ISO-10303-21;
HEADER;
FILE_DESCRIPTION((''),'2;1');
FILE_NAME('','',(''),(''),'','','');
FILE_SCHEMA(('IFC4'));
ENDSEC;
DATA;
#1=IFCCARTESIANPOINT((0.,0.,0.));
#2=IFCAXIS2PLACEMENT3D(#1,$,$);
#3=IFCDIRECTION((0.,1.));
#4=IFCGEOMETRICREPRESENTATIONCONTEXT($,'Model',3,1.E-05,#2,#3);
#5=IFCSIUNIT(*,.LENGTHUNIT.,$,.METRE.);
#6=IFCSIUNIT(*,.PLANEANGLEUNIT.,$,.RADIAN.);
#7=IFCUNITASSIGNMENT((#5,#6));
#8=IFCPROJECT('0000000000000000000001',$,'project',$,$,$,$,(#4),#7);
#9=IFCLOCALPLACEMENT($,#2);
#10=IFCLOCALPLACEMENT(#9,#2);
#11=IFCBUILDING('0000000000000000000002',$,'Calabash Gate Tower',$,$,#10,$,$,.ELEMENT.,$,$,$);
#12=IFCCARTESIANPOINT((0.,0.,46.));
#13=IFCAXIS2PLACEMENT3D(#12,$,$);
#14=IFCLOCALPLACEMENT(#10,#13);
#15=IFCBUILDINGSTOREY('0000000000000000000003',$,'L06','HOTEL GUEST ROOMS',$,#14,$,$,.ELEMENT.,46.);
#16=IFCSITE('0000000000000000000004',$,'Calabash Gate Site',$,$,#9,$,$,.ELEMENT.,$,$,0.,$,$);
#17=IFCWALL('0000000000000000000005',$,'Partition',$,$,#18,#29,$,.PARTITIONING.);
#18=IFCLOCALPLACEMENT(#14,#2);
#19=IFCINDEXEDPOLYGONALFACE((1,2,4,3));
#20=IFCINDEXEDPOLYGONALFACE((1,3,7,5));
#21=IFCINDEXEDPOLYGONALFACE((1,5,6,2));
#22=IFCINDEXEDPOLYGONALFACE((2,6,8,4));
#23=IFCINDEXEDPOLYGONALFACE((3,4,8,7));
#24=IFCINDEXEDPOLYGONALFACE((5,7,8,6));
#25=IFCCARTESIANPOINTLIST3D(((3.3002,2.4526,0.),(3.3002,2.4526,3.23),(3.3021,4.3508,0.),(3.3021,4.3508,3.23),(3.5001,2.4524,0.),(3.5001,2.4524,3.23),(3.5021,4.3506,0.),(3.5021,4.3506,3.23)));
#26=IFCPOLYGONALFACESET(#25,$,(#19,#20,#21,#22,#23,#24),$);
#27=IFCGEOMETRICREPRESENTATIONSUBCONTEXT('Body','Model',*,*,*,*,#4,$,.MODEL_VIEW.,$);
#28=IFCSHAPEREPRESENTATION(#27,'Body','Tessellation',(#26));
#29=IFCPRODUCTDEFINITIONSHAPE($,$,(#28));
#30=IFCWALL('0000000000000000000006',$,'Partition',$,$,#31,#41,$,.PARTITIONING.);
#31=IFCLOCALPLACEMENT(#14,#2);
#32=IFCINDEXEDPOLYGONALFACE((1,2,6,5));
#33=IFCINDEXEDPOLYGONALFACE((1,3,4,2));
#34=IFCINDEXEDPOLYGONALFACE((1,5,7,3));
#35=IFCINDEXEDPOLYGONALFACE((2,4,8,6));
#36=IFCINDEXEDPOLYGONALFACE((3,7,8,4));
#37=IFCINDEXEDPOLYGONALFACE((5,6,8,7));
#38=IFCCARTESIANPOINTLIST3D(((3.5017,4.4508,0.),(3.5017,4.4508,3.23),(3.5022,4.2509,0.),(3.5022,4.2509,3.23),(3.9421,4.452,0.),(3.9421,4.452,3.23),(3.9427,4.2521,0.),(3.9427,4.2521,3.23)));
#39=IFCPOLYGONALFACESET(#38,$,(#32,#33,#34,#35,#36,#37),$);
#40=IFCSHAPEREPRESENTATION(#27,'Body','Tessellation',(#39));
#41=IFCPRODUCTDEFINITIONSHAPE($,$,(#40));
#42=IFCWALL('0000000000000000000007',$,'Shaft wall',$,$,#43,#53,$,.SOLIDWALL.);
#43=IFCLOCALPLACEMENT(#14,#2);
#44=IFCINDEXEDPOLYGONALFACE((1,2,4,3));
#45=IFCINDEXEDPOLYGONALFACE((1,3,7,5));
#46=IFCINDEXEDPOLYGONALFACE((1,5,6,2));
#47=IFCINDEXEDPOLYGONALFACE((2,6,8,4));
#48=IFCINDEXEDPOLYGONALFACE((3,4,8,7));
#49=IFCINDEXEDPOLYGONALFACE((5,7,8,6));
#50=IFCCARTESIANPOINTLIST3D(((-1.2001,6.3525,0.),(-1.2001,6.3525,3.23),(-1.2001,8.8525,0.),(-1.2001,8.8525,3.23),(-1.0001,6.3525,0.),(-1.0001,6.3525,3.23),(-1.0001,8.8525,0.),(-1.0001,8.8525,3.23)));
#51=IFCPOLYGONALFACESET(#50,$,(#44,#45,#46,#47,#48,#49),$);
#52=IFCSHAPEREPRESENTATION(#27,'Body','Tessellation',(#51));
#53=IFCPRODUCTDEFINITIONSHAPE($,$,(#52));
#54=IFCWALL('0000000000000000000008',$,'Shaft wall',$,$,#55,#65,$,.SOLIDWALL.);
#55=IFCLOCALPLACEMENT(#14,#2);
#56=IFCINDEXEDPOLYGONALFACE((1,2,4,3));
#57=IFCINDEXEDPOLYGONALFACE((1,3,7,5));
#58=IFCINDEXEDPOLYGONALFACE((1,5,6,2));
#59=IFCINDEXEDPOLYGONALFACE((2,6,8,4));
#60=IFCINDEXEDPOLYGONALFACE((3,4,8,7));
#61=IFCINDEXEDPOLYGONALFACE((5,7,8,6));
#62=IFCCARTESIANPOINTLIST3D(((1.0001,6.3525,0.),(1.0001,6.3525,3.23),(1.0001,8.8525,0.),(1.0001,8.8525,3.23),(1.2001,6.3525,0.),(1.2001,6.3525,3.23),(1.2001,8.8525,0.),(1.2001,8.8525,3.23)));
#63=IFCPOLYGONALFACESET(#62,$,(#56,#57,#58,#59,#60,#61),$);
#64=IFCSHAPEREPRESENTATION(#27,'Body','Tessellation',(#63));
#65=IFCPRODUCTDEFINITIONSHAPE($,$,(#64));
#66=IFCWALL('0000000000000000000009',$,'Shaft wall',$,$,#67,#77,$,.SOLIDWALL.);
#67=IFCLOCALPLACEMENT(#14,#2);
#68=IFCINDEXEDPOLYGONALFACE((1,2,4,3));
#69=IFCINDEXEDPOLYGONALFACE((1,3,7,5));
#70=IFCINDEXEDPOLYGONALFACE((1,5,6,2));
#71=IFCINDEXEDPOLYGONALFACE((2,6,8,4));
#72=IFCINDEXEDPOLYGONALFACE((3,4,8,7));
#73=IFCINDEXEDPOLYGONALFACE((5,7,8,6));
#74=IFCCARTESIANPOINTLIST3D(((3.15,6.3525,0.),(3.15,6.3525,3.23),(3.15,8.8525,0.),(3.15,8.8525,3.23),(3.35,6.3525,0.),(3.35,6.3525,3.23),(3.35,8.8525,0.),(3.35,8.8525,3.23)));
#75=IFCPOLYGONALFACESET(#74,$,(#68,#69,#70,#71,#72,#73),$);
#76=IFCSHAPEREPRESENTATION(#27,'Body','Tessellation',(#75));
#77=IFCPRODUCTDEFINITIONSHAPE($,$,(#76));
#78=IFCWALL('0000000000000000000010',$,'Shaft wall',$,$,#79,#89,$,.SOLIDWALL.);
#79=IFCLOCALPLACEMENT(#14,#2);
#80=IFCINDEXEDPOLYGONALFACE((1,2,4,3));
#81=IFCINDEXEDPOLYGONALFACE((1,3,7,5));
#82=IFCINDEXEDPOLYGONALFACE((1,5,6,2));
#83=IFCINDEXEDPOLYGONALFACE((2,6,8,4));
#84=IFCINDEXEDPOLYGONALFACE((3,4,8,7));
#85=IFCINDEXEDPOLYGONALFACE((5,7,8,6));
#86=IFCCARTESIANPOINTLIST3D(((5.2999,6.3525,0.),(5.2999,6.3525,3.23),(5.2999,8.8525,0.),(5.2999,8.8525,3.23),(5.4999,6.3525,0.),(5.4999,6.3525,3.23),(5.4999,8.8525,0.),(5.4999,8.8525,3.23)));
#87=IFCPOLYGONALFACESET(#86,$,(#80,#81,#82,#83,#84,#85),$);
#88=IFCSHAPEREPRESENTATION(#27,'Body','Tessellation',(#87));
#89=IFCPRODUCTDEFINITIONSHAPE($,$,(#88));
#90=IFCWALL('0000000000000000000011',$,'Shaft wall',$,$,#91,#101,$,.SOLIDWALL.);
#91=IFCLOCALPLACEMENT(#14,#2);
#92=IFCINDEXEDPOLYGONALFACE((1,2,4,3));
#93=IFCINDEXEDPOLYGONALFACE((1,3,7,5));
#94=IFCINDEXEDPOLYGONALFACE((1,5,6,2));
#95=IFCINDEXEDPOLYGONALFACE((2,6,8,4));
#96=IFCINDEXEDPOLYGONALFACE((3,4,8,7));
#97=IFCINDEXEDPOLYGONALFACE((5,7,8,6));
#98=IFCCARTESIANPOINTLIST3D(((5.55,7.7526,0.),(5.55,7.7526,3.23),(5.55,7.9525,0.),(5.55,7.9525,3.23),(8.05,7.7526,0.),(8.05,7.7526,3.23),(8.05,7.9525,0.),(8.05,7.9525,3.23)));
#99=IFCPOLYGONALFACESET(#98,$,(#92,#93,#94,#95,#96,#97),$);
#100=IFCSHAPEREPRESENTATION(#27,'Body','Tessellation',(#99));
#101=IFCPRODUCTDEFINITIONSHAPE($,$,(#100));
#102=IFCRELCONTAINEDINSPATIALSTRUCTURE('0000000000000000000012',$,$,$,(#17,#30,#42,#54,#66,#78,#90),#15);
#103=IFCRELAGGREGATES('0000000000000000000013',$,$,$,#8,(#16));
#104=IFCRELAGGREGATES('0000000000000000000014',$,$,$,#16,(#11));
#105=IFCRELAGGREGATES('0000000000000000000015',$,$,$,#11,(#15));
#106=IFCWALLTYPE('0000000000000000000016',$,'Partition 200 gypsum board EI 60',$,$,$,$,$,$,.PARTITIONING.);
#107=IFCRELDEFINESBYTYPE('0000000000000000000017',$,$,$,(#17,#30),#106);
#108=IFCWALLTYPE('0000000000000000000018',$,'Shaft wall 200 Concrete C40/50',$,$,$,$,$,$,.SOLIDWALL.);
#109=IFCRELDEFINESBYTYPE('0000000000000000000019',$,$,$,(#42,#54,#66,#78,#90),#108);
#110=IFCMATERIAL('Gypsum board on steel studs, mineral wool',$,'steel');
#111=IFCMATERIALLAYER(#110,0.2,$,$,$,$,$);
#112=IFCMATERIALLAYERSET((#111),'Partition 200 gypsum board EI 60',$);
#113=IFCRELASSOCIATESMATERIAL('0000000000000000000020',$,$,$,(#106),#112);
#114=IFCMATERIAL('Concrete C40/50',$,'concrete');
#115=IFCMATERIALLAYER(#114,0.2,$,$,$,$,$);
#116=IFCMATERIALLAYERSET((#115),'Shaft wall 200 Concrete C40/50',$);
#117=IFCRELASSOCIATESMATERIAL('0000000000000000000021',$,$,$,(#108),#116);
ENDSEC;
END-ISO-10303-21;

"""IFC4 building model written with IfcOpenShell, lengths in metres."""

from ifc_helpers import new_model, si_unit, direction, frame, frame_2d, origin, place, context, subcontext, project, spatial, rectangle, extrude, material, layer, layer_set, type_object, element, save


model = new_model("IFC4")

# Units and contexts
model_context = context("Model", 3, precision=1e-05, world=origin(), true_north=direction((0.0, 1.0)))
body_context = subcontext(model_context, "Body", "Model", "MODEL_VIEW")
ifc_project = project(units=[si_unit("LENGTHUNIT", "METRE"), si_unit("PLANEANGLEUNIT", "RADIAN")], contexts=[model_context])

# Site, building, storey
site_placement = place(None, origin())
site = spatial("IfcSite", under=ifc_project, at=site_placement, Name="Calabash Gate Site", CompositionType="ELEMENT", RefElevation=0.0)
building_placement = place(site_placement, origin())
building = spatial("IfcBuilding", under=site, at=building_placement, Name="Calabash Gate Tower", CompositionType="ELEMENT")
storey_placement = place(building_placement, frame((0.0, 0.0, 46.0)))
storey = spatial("IfcBuildingStorey", under=building, at=storey_placement, Name="L06", Description="HOTEL GUEST ROOMS", CompositionType="ELEMENT", Elevation=46.0)

# Walls
ifc_material_1 = material(Name="Gypsum board on steel studs, mineral wool", Category="steel")
ifc_layer_1 = layer(ifc_material_1, 0.2)
ifc_layer_set_1 = layer_set([ifc_layer_1], Name="Partition 200 gypsum board EI 60")
wall_type_1 = type_object("IfcWallType", Name="Partition 200 gypsum board EI 60", PredefinedType="PARTITIONING", material=ifc_layer_set_1)
wall_1_placement = place(storey_placement, frame((3.4001, 2.4524, 0.0), z_axis=(0.0, 0.0, 1.0), x_axis=(0.001029, 0.999999, 0.0)))
element("IfcWall", 1, at=wall_1_placement, inside=storey, type_object=wall_type_1, Name="Partition", PredefinedType="PARTITIONING", context=body_context, shape_type="SweptSolid", body=[
    extrude(rectangle(XDim=1.8982, YDim=0.2, at=frame_2d((0.9492, 0.0))), origin(), (0.0, 0.0, 1.0), 3.23),
])
wall_2_placement = place(storey_placement, frame((3.502, 4.3508, 0.0), z_axis=(0.0, 0.0, 1.0), x_axis=(0.999996, 0.002772, 0.0)))
element("IfcWall", 2, at=wall_2_placement, inside=storey, type_object=wall_type_1, Name="Partition", PredefinedType="PARTITIONING", context=body_context, shape_type="SweptSolid", body=[
    extrude(rectangle(XDim=0.4404, YDim=0.2, at=frame_2d((0.2202, 0.0))), origin(), (0.0, 0.0, 1.0), 3.23),
])
ifc_material_2 = material(Name="Concrete C40/50", Category="concrete")
ifc_layer_2 = layer(ifc_material_2, 0.2)
ifc_layer_set_2 = layer_set([ifc_layer_2], Name="Shaft wall 200 Concrete C40/50")
wall_type_2 = type_object("IfcWallType", Name="Shaft wall 200 Concrete C40/50", PredefinedType="SOLIDWALL", material=ifc_layer_set_2)
for number, where, z_axis, x_axis, name in (
    (3, (-1.1001, 6.3525, 0.0), (0.0, 0.0, 1.0), (0.0, 1.0, 0.0), "Shaft wall"),
    (4, (1.1001, 6.3525, 0.0), (0.0, 0.0, 1.0), (0.0, 1.0, 0.0), "Shaft wall"),
    (5, (3.25, 6.3525, 0.0), (0.0, 0.0, 1.0), (0.0, 1.0, 0.0), "Shaft wall"),
    (6, (5.3999, 6.3525, 0.0), (0.0, 0.0, 1.0), (0.0, 1.0, 0.0), "Shaft wall"),
    (7, (5.55, 7.8525, 0.0), (0.0, 0.0, 1.0), (1.0, 0.0, 0.0), "Shaft wall"),
):
    element("IfcWall", number, at=place(storey_placement, frame(where, z_axis=z_axis, x_axis=x_axis)), inside=storey, type_object=wall_type_2, Name=name, PredefinedType="SOLIDWALL", context=body_context, shape_type="SweptSolid", body=[
        extrude(rectangle(XDim=2.5, YDim=0.2, at=frame_2d((1.25, 0.0))), origin(), (0.0, 0.0, 1.0), 3.23),
    ])

save(model, "model.ifc")
